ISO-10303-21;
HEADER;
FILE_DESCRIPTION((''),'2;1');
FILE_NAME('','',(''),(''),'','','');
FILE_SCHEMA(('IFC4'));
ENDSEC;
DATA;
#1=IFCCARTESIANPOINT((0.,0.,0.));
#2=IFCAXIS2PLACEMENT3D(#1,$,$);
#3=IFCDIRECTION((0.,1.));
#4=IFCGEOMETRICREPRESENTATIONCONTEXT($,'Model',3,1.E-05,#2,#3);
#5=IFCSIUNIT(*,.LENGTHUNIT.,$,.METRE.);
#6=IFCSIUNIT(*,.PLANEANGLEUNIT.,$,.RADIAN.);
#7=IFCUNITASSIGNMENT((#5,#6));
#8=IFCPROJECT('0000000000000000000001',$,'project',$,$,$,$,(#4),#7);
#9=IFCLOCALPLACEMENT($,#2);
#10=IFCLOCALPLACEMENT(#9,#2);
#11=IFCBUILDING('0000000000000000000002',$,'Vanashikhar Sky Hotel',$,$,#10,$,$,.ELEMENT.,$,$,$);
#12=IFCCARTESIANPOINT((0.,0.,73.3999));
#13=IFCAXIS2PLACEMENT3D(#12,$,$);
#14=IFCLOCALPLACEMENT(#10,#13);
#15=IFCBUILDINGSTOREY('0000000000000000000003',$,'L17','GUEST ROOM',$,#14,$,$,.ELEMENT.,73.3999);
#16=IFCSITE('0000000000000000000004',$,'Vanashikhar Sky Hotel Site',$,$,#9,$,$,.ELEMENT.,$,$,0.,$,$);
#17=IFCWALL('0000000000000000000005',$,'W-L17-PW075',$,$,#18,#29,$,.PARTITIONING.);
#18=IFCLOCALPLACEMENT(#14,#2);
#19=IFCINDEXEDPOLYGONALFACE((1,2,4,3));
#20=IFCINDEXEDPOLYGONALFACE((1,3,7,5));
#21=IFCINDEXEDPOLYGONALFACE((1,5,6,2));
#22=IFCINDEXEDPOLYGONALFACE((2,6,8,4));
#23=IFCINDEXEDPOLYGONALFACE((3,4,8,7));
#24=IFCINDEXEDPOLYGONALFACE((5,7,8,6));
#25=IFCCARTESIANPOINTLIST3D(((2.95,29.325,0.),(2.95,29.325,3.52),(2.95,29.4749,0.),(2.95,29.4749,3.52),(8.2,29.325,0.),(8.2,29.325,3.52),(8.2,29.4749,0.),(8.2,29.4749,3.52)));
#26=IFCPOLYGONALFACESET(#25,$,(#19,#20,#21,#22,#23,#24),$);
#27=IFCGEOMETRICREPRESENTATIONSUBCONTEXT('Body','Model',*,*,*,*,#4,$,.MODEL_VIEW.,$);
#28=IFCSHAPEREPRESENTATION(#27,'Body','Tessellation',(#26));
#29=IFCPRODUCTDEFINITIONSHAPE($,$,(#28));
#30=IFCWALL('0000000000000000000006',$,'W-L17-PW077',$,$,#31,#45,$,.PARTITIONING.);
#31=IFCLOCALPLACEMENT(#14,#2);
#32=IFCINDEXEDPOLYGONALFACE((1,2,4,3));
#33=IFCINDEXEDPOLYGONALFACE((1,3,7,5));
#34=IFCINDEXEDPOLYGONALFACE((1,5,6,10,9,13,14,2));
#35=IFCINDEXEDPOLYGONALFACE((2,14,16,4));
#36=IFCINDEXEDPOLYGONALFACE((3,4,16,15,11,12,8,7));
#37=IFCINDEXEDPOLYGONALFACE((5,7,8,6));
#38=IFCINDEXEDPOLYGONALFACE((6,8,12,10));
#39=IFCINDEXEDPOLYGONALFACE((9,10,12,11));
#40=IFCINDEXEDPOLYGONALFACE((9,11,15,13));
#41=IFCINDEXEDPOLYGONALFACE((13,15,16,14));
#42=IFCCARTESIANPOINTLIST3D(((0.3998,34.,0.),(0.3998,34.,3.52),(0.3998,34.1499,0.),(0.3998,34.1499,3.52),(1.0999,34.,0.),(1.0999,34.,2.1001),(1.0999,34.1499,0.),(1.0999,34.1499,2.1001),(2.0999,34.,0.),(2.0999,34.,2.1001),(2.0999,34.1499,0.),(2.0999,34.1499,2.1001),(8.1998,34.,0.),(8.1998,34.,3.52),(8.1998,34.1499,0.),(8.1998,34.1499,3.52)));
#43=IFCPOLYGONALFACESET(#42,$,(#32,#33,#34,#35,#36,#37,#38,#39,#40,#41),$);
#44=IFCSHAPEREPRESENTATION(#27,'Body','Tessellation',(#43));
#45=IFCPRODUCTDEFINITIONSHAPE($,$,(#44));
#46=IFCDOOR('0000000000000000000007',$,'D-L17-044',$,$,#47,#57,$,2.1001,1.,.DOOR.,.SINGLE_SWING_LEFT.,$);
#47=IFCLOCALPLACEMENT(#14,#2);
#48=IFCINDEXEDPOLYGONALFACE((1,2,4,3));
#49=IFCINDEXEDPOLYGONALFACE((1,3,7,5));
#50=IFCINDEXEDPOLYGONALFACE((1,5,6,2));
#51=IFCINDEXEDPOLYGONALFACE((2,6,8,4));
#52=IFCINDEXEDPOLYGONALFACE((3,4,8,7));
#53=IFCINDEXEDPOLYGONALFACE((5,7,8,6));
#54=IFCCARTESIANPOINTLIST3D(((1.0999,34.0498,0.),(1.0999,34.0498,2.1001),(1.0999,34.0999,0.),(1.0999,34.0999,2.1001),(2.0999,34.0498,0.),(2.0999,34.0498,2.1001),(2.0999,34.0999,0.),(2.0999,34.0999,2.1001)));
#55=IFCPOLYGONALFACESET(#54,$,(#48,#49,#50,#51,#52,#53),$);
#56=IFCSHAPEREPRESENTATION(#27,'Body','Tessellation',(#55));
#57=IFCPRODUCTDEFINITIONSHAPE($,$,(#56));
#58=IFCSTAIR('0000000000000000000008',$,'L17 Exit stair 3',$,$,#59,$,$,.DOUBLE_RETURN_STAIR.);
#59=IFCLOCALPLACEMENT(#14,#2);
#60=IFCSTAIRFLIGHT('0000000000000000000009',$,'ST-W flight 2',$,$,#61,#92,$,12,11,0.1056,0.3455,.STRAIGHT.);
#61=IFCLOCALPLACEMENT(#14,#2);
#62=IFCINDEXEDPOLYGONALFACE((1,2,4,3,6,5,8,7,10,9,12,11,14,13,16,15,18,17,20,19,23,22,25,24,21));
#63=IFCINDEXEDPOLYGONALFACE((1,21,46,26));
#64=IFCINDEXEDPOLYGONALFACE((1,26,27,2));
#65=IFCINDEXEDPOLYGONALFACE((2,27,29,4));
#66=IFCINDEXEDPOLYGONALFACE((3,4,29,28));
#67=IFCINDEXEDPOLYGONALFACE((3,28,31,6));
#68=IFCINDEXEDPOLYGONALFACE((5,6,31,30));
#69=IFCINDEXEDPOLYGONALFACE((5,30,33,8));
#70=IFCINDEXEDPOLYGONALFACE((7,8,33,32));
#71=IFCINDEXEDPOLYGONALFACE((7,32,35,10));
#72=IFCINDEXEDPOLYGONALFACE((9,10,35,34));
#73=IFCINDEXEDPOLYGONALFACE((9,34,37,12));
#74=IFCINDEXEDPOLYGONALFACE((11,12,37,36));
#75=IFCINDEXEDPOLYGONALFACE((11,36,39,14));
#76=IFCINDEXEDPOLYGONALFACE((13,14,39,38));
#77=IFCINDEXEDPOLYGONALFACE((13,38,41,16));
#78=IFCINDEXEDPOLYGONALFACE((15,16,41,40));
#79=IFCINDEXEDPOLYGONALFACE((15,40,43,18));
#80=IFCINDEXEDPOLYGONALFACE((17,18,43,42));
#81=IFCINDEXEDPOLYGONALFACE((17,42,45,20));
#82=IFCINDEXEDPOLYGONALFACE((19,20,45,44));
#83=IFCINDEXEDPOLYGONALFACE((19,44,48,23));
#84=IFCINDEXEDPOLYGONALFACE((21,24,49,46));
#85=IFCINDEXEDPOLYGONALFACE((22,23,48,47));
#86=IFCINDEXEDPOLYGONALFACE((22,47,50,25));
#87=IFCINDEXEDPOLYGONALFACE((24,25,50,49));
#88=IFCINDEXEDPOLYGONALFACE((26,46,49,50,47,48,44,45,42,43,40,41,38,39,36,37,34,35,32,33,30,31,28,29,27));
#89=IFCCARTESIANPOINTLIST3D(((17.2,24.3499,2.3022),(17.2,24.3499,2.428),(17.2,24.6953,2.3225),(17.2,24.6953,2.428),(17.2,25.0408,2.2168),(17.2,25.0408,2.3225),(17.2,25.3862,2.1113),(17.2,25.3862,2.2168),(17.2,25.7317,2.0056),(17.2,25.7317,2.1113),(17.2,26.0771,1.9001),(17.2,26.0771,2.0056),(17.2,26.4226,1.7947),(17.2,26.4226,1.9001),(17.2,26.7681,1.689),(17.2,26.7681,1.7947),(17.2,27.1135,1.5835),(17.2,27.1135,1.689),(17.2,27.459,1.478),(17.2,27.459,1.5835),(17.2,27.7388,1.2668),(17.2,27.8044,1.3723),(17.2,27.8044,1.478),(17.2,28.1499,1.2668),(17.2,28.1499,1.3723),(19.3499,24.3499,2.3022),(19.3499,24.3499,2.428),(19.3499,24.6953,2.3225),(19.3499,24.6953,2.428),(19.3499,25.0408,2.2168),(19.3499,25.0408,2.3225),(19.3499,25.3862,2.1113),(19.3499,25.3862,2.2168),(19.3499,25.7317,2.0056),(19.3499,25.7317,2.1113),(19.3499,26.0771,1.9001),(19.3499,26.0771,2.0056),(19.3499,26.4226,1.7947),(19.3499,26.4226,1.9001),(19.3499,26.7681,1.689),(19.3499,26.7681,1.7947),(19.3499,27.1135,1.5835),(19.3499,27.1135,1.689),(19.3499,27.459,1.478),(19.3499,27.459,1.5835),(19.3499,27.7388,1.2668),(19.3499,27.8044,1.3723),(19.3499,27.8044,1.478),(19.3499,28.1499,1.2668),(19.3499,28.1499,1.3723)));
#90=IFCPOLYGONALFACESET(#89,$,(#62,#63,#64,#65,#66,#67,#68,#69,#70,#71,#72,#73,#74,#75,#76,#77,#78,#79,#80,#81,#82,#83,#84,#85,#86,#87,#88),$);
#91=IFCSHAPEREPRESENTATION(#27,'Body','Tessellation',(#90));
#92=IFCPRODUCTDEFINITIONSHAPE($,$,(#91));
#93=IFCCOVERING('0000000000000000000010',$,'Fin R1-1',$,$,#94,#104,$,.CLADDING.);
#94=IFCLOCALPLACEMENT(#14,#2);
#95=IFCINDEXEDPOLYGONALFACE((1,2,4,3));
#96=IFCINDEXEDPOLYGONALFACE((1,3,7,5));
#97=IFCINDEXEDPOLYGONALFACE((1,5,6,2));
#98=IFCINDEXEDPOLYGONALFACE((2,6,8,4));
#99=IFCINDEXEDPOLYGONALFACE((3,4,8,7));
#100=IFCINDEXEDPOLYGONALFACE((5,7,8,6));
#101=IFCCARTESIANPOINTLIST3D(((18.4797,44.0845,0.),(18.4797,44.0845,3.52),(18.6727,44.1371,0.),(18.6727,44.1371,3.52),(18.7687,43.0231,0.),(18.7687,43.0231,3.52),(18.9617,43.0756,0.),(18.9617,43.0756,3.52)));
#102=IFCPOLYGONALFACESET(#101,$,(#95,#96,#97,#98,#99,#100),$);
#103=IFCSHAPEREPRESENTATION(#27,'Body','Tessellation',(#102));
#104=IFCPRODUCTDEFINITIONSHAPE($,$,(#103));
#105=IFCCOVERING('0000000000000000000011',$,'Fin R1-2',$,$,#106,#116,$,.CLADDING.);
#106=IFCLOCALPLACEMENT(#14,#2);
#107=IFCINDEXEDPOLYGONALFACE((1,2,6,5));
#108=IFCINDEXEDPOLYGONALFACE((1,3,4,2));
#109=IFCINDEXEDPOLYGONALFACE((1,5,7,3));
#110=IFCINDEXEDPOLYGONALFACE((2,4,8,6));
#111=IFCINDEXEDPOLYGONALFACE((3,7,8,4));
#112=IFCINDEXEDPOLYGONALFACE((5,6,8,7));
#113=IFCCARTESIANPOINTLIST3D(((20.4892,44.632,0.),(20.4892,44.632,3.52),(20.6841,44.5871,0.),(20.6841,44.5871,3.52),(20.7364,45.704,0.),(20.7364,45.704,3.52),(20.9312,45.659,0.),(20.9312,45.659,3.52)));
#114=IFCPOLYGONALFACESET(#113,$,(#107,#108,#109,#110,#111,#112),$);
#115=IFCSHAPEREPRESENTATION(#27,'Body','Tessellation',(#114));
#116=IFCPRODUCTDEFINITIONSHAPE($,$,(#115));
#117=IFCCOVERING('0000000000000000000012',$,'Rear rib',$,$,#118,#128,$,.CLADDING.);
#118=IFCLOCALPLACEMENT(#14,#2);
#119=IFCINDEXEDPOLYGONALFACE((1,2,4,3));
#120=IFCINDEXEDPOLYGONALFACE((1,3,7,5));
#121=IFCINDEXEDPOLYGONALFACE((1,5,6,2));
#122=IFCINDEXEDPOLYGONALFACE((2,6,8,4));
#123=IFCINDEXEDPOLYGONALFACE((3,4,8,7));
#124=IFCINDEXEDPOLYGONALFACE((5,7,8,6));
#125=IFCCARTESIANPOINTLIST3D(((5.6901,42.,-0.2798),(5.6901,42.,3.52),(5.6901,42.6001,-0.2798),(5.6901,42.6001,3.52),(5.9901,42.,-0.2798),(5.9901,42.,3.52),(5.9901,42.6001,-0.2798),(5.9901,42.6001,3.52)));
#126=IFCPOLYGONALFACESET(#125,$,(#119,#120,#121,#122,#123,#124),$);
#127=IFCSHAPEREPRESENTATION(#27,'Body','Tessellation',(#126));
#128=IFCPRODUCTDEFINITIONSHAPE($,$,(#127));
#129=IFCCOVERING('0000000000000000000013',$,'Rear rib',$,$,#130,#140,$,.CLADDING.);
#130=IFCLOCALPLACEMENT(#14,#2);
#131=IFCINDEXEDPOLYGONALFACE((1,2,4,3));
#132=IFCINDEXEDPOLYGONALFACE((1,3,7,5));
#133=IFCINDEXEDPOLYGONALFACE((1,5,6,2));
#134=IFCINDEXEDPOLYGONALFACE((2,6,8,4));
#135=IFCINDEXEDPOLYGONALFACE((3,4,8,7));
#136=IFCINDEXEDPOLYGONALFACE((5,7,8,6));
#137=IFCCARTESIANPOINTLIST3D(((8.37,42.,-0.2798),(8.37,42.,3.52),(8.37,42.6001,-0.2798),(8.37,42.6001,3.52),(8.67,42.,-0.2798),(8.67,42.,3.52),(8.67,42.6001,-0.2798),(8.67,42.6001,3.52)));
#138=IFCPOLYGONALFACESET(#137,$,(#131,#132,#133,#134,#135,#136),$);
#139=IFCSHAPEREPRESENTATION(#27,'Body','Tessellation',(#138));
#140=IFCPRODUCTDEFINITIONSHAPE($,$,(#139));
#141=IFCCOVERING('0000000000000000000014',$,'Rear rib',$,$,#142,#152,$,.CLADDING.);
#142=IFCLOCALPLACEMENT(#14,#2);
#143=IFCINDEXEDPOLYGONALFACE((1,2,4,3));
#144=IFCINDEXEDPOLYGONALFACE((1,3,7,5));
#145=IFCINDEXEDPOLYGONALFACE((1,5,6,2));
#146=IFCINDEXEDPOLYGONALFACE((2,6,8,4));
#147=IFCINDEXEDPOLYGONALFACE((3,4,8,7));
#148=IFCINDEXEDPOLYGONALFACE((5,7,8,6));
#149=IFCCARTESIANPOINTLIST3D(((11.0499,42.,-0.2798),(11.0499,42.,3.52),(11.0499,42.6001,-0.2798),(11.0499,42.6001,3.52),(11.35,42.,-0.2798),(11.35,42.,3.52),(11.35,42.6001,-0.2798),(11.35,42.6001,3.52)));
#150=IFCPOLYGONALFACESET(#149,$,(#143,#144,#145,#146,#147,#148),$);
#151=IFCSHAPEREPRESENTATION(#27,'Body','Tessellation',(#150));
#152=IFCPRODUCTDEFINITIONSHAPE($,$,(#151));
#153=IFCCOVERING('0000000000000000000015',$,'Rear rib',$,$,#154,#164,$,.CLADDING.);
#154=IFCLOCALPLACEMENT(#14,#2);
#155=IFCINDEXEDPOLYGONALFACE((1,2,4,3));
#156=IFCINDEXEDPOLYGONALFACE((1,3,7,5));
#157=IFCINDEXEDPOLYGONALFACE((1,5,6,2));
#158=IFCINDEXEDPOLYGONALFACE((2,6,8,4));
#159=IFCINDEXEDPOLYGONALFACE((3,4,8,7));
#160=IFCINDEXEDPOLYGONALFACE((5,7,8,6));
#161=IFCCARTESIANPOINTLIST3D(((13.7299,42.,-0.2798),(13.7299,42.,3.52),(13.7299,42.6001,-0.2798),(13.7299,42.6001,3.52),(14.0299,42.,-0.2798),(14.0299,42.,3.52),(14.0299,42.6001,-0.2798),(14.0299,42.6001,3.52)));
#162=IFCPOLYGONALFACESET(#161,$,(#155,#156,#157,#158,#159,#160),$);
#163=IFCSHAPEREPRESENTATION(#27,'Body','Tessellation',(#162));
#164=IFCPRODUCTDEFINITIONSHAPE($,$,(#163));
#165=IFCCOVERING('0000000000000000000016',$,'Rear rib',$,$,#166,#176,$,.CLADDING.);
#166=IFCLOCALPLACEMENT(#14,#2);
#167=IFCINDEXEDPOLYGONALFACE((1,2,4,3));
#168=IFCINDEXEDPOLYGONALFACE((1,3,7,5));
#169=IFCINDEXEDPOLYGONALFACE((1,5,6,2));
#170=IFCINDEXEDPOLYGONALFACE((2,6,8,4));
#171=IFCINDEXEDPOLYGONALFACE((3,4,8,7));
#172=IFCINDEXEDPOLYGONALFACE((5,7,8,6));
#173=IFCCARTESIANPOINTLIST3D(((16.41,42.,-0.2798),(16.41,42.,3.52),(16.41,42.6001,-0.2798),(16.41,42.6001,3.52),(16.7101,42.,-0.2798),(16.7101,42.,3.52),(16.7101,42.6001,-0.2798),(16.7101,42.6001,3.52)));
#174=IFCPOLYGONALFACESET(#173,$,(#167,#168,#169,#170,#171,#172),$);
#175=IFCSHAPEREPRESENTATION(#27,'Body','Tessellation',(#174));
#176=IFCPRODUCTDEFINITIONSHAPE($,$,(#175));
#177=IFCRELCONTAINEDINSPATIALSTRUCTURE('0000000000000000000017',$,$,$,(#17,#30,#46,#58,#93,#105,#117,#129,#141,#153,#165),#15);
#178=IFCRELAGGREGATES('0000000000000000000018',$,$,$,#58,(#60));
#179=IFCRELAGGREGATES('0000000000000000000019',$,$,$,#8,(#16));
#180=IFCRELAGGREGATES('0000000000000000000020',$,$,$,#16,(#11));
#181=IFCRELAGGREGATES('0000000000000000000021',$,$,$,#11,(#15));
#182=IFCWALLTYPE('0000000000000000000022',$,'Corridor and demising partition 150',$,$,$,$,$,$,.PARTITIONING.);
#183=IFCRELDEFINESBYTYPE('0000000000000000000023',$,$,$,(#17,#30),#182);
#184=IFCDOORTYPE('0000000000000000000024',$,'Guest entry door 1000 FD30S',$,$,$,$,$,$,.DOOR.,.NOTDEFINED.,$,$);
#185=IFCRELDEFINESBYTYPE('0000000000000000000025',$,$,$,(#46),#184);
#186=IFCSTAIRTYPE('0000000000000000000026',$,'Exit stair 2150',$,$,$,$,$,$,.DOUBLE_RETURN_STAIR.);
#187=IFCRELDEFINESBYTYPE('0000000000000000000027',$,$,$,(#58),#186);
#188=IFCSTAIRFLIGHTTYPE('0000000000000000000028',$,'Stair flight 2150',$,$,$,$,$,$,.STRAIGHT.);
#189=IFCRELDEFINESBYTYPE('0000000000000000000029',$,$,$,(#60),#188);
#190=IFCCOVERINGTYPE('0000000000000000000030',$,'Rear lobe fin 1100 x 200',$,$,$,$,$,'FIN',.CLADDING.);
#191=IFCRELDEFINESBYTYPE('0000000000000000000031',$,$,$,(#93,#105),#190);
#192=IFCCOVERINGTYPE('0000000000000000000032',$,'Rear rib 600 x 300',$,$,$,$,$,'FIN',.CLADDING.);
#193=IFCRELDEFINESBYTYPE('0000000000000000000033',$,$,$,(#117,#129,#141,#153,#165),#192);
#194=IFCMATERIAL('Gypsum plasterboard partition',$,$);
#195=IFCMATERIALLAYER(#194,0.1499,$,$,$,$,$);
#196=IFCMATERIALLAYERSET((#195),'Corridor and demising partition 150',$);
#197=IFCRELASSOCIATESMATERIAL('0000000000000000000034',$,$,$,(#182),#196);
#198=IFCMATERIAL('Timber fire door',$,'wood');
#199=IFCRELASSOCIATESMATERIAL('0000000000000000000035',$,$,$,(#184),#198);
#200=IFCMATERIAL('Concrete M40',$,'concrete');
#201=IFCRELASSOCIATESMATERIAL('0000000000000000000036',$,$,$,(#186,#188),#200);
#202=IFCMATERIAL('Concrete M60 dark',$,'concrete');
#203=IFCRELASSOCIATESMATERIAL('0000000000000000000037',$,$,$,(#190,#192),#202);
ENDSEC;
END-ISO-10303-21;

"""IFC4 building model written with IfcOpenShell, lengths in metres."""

from ifc_helpers import new_model, si_unit, direction, frame, frame_2d, origin, origin_2d, place, context, subcontext, project, spatial, polyline, rectangle, outline, extrude, source, transform, mapped, material, layer, layer_set, material_profile, profile_set, type_object, element, fill, aggregate, save


model = new_model("IFC4")

# Units and contexts
model_context = context("Model", 3, precision=1e-05, world=origin(), true_north=direction((0.0, 1.0)))
body_context = subcontext(model_context, "Body", "Model", "MODEL_VIEW")
ifc_project = project(units=[si_unit("LENGTHUNIT", "METRE"), si_unit("PLANEANGLEUNIT", "RADIAN")], contexts=[model_context])

# Site, building, storey
site_placement = place(None, origin())
site = spatial("IfcSite", under=ifc_project, at=site_placement, Name="Vanashikhar Sky Hotel Site", CompositionType="ELEMENT", RefElevation=0.0)
building_placement = place(site_placement, origin())
building = spatial("IfcBuilding", under=site, at=building_placement, Name="Vanashikhar Sky Hotel", CompositionType="ELEMENT")
storey_placement = place(building_placement, frame((0.0, 0.0, 73.3999)))
storey = spatial("IfcBuildingStorey", under=building, at=storey_placement, Name="L17", Description="GUEST ROOM", CompositionType="ELEMENT", Elevation=73.3999)

# Shared definitions
shared_shape_1 = source(origin(), body_context, "Body", "SweptSolid", [
    extrude(rectangle(XDim=1.0, YDim=2.1001, at=frame_2d((0.5, 1.05))), frame((0.0, 0.0249, 0.0), z_axis=(0.0, -1.0, 0.0), x_axis=(1.0, 0.0, 0.0)), (0.0, 0.0, 1.0), 0.05),
])
ifc_material_1 = material(Name="Gypsum plasterboard partition")
ifc_layer_1 = layer(ifc_material_1, 0.1499)
ifc_layer_set_1 = layer_set([ifc_layer_1], Name="Corridor and demising partition 150")
wall_type_1 = type_object("IfcWallType", Name="Corridor and demising partition 150", PredefinedType="PARTITIONING", material=ifc_layer_set_1)
shared_shape_2 = source(origin(), body_context, "Body", "SweptSolid", [
    extrude(rectangle(XDim=1.0, YDim=2.1001, at=frame_2d((0.5, 1.05))), frame((0.0, 0.085, 0.0), z_axis=(0.0, -1.0, 0.0), x_axis=(1.0, 0.0, 0.0)), (0.0, 0.0, 1.0), 0.1699),
])
ifc_material_2 = material(Name="Timber fire door", Category="wood")
door_type_1 = type_object("IfcDoorType", Name="Guest entry door 1000 FD30S", OperationType="NOTDEFINED", PredefinedType="DOOR", material=ifc_material_2)

# Wall
shared_shape_3 = source(origin(), body_context, "Body", "SweptSolid", [
    extrude(rectangle(XDim=5.25, YDim=0.1499, at=frame_2d((2.625, 0.0))), origin(), (0.0, 0.0, 1.0), 3.52),
])
wall_1_placement = place(storey_placement, frame((2.95, 29.3999, 0.0), z_axis=(0.0, 0.0, 1.0), x_axis=(1.0, 0.0, 0.0)))
element("IfcWall", 1, at=wall_1_placement, inside=storey, type_object=wall_type_1, Name="W-L17-PW075", PredefinedType="PARTITIONING", context=body_context, shape_type="MappedRepresentation", body=[
    mapped(shared_shape_3, transform((0.0, 0.0, 0.0), scale=1.0)),
])

# Wall, opening, door
shared_shape_4 = source(origin(), body_context, "Body", "SweptSolid", [
    extrude(rectangle(XDim=7.8, YDim=0.1499, at=frame_2d((3.8999, 0.0))), origin(), (0.0, 0.0, 1.0), 3.52),
])
wall_2_placement = place(storey_placement, frame((0.3999, 34.075, 0.0), z_axis=(0.0, 0.0, 1.0), x_axis=(1.0, 0.0, 0.0)))
wall_2 = element("IfcWall", 2, at=wall_2_placement, inside=storey, type_object=wall_type_1, Name="W-L17-PW077", PredefinedType="PARTITIONING", context=body_context, shape_type="MappedRepresentation", body=[
    mapped(shared_shape_4, transform((0.0, 0.0, 0.0), scale=1.0)),
])
opening_1_placement = place(wall_2_placement, frame((0.7, 0.0, 0.0)))
opening_1 = element("IfcOpeningElement", 3, at=opening_1_placement, cuts=wall_2, PredefinedType="OPENING", context=body_context, shape_type="MappedRepresentation", body=[
    mapped(shared_shape_2, transform((0.0, 0.0, 0.0), scale=1.0)),
])
door_1_placement = place(opening_1_placement, origin())
door_1 = element("IfcDoor", 4, at=door_1_placement, inside=storey, type_object=door_type_1, Name="D-L17-044", OperationType="SINGLE_SWING_LEFT", OverallHeight=2.1001, OverallWidth=1.0, PredefinedType="DOOR", context=body_context, shape_type="MappedRepresentation", body=[
    mapped(shared_shape_1, transform((0.0, 0.0, 0.0), scale=1.0)),
])
fill(opening_1, door_1)

# Stair, stair flight
ifc_material_3 = material(Name="Concrete M40", Category="concrete")
stair_type = type_object("IfcStairType", Name="Exit stair 2150", PredefinedType="DOUBLE_RETURN_STAIR", material=ifc_material_3)
stair_placement = place(storey_placement, origin())
stair = element("IfcStair", 5, at=stair_placement, inside=storey, type_object=stair_type, Name="L17 Exit stair 3", PredefinedType="DOUBLE_RETURN_STAIR")
stair_flight_type = type_object("IfcStairFlightType", Name="Stair flight 2150", PredefinedType="STRAIGHT", material=ifc_material_3)
shared_shape_5 = source(origin(), body_context, "Body", "SweptSolid", [
    extrude(outline(polyline([(0.0, 0.0), (0.0, 0.1055), (0.3455, 0.1055), (0.3455, 0.2112), (0.6909, 0.2112), (0.6909, 0.3167), (1.0364, 0.3167), (1.0364, 0.4221), (1.3818, 0.4221), (1.3818, 0.5278), (1.7273, 0.5278), (1.7273, 0.6333), (2.0728, 0.6333), (2.0728, 0.7388), (2.4182, 0.7388), (2.4182, 0.8445), (2.7637, 0.8445), (2.7637, 0.95), (3.1091, 0.95), (3.1091, 1.0557), (3.4546, 1.0557), (3.4546, 1.1611), (3.8, 1.1611), (3.8, 1.2666), (3.8, 1.0354), (0.4111, 0.0), (0.0, 0.0)])), frame((0.0, 1.075, 0.0), z_axis=(0.0, -1.0, 0.0), x_axis=(1.0, 0.0, 0.0)), (0.0, 0.0, 1.0), 2.1499),
])
stair_flight_placement = place(storey_placement, frame((18.2749, 28.1499, 1.2668), z_axis=(0.0, 0.0, 1.0), x_axis=(0.0, -1.0, 0.0)))
stair_flight = element("IfcStairFlight", 6, at=stair_flight_placement, type_object=stair_flight_type, Name="ST-W flight 2", NumberOfRisers=12, NumberOfTreads=11, PredefinedType="STRAIGHT", RiserHeight=0.1056, TreadLength=0.3455, context=body_context, shape_type="MappedRepresentation", body=[
    mapped(shared_shape_5, transform((0.0, 0.0, 0.0), scale=1.0)),
])
aggregate(stair, [stair_flight])

# Coverings
ifc_material_4 = material(Name="Concrete M60 dark", Category="concrete")
ifc_material_profile_1 = material_profile(ifc_material_4, rectangle(XDim=1.1001, YDim=0.2, at=origin_2d()))
ifc_profile_set_1 = profile_set([ifc_material_profile_1], Name="Rear lobe fin 1100 x 200")
covering_type_1 = type_object("IfcCoveringType", Name="Rear lobe fin 1100 x 200", ElementType="FIN", PredefinedType="CLADDING", material=ifc_profile_set_1)
shared_shape_6 = source(origin(), body_context, "Body", "SweptSolid", [
    extrude(rectangle(XDim=1.1001, YDim=0.2, at=origin_2d()), origin(), (0.0, 0.0, 1.0), 3.52),
])
for number, where, z_axis, x_axis, name in (
    (7, (18.7207, 43.5801, 0.0), (0.0, 0.0, 1.0), (-0.262711, 0.964874, 0.0), "Fin R1-1"),
    (8, (20.7102, 45.1455, 0.0), (0.0, 0.0, 1.0), (0.224645, 0.974441, 0.0), "Fin R1-2"),
):
    element("IfcCovering", number, at=place(storey_placement, frame(where, z_axis=z_axis, x_axis=x_axis)), inside=storey, type_object=covering_type_1, Name=name, PredefinedType="CLADDING", context=body_context, shape_type="MappedRepresentation", body=[
        mapped(shared_shape_6, transform((0.0, 0.0, 0.0), scale=1.0)),
    ])
ifc_material_profile_2 = material_profile(ifc_material_4, rectangle(XDim=0.6001, YDim=0.3, at=origin_2d()))
ifc_profile_set_2 = profile_set([ifc_material_profile_2], Name="Rear rib 600 x 300")
covering_type_2 = type_object("IfcCoveringType", Name="Rear rib 600 x 300", ElementType="FIN", PredefinedType="CLADDING", material=ifc_profile_set_2)
shared_shape_7 = source(origin(), body_context, "Body", "SweptSolid", [
    extrude(rectangle(XDim=0.6001, YDim=0.3, at=origin_2d()), origin(), (0.0, 0.0, 1.0), 3.7998),
])
for number, where, z_axis, x_axis, name in (
    (9, (5.8401, 42.3, -0.2798), (0.0, 0.0, 1.0), (0.0, 1.0, 0.0), "Rear rib"),
    (10, (8.52, 42.3, -0.2798), (0.0, 0.0, 1.0), (0.0, 1.0, 0.0), "Rear rib"),
    (11, (11.2, 42.3, -0.2798), (0.0, 0.0, 1.0), (0.0, 1.0, 0.0), "Rear rib"),
    (12, (13.8799, 42.3, -0.2798), (0.0, 0.0, 1.0), (0.0, 1.0, 0.0), "Rear rib"),
    (13, (16.5601, 42.3, -0.2798), (0.0, 0.0, 1.0), (0.0, 1.0, 0.0), "Rear rib"),
):
    element("IfcCovering", number, at=place(storey_placement, frame(where, z_axis=z_axis, x_axis=x_axis)), inside=storey, type_object=covering_type_2, Name=name, PredefinedType="CLADDING", context=body_context, shape_type="MappedRepresentation", body=[
        mapped(shared_shape_7, transform((0.0, 0.0, 0.0), scale=1.0)),
    ])

save(model, "model.ifc")
